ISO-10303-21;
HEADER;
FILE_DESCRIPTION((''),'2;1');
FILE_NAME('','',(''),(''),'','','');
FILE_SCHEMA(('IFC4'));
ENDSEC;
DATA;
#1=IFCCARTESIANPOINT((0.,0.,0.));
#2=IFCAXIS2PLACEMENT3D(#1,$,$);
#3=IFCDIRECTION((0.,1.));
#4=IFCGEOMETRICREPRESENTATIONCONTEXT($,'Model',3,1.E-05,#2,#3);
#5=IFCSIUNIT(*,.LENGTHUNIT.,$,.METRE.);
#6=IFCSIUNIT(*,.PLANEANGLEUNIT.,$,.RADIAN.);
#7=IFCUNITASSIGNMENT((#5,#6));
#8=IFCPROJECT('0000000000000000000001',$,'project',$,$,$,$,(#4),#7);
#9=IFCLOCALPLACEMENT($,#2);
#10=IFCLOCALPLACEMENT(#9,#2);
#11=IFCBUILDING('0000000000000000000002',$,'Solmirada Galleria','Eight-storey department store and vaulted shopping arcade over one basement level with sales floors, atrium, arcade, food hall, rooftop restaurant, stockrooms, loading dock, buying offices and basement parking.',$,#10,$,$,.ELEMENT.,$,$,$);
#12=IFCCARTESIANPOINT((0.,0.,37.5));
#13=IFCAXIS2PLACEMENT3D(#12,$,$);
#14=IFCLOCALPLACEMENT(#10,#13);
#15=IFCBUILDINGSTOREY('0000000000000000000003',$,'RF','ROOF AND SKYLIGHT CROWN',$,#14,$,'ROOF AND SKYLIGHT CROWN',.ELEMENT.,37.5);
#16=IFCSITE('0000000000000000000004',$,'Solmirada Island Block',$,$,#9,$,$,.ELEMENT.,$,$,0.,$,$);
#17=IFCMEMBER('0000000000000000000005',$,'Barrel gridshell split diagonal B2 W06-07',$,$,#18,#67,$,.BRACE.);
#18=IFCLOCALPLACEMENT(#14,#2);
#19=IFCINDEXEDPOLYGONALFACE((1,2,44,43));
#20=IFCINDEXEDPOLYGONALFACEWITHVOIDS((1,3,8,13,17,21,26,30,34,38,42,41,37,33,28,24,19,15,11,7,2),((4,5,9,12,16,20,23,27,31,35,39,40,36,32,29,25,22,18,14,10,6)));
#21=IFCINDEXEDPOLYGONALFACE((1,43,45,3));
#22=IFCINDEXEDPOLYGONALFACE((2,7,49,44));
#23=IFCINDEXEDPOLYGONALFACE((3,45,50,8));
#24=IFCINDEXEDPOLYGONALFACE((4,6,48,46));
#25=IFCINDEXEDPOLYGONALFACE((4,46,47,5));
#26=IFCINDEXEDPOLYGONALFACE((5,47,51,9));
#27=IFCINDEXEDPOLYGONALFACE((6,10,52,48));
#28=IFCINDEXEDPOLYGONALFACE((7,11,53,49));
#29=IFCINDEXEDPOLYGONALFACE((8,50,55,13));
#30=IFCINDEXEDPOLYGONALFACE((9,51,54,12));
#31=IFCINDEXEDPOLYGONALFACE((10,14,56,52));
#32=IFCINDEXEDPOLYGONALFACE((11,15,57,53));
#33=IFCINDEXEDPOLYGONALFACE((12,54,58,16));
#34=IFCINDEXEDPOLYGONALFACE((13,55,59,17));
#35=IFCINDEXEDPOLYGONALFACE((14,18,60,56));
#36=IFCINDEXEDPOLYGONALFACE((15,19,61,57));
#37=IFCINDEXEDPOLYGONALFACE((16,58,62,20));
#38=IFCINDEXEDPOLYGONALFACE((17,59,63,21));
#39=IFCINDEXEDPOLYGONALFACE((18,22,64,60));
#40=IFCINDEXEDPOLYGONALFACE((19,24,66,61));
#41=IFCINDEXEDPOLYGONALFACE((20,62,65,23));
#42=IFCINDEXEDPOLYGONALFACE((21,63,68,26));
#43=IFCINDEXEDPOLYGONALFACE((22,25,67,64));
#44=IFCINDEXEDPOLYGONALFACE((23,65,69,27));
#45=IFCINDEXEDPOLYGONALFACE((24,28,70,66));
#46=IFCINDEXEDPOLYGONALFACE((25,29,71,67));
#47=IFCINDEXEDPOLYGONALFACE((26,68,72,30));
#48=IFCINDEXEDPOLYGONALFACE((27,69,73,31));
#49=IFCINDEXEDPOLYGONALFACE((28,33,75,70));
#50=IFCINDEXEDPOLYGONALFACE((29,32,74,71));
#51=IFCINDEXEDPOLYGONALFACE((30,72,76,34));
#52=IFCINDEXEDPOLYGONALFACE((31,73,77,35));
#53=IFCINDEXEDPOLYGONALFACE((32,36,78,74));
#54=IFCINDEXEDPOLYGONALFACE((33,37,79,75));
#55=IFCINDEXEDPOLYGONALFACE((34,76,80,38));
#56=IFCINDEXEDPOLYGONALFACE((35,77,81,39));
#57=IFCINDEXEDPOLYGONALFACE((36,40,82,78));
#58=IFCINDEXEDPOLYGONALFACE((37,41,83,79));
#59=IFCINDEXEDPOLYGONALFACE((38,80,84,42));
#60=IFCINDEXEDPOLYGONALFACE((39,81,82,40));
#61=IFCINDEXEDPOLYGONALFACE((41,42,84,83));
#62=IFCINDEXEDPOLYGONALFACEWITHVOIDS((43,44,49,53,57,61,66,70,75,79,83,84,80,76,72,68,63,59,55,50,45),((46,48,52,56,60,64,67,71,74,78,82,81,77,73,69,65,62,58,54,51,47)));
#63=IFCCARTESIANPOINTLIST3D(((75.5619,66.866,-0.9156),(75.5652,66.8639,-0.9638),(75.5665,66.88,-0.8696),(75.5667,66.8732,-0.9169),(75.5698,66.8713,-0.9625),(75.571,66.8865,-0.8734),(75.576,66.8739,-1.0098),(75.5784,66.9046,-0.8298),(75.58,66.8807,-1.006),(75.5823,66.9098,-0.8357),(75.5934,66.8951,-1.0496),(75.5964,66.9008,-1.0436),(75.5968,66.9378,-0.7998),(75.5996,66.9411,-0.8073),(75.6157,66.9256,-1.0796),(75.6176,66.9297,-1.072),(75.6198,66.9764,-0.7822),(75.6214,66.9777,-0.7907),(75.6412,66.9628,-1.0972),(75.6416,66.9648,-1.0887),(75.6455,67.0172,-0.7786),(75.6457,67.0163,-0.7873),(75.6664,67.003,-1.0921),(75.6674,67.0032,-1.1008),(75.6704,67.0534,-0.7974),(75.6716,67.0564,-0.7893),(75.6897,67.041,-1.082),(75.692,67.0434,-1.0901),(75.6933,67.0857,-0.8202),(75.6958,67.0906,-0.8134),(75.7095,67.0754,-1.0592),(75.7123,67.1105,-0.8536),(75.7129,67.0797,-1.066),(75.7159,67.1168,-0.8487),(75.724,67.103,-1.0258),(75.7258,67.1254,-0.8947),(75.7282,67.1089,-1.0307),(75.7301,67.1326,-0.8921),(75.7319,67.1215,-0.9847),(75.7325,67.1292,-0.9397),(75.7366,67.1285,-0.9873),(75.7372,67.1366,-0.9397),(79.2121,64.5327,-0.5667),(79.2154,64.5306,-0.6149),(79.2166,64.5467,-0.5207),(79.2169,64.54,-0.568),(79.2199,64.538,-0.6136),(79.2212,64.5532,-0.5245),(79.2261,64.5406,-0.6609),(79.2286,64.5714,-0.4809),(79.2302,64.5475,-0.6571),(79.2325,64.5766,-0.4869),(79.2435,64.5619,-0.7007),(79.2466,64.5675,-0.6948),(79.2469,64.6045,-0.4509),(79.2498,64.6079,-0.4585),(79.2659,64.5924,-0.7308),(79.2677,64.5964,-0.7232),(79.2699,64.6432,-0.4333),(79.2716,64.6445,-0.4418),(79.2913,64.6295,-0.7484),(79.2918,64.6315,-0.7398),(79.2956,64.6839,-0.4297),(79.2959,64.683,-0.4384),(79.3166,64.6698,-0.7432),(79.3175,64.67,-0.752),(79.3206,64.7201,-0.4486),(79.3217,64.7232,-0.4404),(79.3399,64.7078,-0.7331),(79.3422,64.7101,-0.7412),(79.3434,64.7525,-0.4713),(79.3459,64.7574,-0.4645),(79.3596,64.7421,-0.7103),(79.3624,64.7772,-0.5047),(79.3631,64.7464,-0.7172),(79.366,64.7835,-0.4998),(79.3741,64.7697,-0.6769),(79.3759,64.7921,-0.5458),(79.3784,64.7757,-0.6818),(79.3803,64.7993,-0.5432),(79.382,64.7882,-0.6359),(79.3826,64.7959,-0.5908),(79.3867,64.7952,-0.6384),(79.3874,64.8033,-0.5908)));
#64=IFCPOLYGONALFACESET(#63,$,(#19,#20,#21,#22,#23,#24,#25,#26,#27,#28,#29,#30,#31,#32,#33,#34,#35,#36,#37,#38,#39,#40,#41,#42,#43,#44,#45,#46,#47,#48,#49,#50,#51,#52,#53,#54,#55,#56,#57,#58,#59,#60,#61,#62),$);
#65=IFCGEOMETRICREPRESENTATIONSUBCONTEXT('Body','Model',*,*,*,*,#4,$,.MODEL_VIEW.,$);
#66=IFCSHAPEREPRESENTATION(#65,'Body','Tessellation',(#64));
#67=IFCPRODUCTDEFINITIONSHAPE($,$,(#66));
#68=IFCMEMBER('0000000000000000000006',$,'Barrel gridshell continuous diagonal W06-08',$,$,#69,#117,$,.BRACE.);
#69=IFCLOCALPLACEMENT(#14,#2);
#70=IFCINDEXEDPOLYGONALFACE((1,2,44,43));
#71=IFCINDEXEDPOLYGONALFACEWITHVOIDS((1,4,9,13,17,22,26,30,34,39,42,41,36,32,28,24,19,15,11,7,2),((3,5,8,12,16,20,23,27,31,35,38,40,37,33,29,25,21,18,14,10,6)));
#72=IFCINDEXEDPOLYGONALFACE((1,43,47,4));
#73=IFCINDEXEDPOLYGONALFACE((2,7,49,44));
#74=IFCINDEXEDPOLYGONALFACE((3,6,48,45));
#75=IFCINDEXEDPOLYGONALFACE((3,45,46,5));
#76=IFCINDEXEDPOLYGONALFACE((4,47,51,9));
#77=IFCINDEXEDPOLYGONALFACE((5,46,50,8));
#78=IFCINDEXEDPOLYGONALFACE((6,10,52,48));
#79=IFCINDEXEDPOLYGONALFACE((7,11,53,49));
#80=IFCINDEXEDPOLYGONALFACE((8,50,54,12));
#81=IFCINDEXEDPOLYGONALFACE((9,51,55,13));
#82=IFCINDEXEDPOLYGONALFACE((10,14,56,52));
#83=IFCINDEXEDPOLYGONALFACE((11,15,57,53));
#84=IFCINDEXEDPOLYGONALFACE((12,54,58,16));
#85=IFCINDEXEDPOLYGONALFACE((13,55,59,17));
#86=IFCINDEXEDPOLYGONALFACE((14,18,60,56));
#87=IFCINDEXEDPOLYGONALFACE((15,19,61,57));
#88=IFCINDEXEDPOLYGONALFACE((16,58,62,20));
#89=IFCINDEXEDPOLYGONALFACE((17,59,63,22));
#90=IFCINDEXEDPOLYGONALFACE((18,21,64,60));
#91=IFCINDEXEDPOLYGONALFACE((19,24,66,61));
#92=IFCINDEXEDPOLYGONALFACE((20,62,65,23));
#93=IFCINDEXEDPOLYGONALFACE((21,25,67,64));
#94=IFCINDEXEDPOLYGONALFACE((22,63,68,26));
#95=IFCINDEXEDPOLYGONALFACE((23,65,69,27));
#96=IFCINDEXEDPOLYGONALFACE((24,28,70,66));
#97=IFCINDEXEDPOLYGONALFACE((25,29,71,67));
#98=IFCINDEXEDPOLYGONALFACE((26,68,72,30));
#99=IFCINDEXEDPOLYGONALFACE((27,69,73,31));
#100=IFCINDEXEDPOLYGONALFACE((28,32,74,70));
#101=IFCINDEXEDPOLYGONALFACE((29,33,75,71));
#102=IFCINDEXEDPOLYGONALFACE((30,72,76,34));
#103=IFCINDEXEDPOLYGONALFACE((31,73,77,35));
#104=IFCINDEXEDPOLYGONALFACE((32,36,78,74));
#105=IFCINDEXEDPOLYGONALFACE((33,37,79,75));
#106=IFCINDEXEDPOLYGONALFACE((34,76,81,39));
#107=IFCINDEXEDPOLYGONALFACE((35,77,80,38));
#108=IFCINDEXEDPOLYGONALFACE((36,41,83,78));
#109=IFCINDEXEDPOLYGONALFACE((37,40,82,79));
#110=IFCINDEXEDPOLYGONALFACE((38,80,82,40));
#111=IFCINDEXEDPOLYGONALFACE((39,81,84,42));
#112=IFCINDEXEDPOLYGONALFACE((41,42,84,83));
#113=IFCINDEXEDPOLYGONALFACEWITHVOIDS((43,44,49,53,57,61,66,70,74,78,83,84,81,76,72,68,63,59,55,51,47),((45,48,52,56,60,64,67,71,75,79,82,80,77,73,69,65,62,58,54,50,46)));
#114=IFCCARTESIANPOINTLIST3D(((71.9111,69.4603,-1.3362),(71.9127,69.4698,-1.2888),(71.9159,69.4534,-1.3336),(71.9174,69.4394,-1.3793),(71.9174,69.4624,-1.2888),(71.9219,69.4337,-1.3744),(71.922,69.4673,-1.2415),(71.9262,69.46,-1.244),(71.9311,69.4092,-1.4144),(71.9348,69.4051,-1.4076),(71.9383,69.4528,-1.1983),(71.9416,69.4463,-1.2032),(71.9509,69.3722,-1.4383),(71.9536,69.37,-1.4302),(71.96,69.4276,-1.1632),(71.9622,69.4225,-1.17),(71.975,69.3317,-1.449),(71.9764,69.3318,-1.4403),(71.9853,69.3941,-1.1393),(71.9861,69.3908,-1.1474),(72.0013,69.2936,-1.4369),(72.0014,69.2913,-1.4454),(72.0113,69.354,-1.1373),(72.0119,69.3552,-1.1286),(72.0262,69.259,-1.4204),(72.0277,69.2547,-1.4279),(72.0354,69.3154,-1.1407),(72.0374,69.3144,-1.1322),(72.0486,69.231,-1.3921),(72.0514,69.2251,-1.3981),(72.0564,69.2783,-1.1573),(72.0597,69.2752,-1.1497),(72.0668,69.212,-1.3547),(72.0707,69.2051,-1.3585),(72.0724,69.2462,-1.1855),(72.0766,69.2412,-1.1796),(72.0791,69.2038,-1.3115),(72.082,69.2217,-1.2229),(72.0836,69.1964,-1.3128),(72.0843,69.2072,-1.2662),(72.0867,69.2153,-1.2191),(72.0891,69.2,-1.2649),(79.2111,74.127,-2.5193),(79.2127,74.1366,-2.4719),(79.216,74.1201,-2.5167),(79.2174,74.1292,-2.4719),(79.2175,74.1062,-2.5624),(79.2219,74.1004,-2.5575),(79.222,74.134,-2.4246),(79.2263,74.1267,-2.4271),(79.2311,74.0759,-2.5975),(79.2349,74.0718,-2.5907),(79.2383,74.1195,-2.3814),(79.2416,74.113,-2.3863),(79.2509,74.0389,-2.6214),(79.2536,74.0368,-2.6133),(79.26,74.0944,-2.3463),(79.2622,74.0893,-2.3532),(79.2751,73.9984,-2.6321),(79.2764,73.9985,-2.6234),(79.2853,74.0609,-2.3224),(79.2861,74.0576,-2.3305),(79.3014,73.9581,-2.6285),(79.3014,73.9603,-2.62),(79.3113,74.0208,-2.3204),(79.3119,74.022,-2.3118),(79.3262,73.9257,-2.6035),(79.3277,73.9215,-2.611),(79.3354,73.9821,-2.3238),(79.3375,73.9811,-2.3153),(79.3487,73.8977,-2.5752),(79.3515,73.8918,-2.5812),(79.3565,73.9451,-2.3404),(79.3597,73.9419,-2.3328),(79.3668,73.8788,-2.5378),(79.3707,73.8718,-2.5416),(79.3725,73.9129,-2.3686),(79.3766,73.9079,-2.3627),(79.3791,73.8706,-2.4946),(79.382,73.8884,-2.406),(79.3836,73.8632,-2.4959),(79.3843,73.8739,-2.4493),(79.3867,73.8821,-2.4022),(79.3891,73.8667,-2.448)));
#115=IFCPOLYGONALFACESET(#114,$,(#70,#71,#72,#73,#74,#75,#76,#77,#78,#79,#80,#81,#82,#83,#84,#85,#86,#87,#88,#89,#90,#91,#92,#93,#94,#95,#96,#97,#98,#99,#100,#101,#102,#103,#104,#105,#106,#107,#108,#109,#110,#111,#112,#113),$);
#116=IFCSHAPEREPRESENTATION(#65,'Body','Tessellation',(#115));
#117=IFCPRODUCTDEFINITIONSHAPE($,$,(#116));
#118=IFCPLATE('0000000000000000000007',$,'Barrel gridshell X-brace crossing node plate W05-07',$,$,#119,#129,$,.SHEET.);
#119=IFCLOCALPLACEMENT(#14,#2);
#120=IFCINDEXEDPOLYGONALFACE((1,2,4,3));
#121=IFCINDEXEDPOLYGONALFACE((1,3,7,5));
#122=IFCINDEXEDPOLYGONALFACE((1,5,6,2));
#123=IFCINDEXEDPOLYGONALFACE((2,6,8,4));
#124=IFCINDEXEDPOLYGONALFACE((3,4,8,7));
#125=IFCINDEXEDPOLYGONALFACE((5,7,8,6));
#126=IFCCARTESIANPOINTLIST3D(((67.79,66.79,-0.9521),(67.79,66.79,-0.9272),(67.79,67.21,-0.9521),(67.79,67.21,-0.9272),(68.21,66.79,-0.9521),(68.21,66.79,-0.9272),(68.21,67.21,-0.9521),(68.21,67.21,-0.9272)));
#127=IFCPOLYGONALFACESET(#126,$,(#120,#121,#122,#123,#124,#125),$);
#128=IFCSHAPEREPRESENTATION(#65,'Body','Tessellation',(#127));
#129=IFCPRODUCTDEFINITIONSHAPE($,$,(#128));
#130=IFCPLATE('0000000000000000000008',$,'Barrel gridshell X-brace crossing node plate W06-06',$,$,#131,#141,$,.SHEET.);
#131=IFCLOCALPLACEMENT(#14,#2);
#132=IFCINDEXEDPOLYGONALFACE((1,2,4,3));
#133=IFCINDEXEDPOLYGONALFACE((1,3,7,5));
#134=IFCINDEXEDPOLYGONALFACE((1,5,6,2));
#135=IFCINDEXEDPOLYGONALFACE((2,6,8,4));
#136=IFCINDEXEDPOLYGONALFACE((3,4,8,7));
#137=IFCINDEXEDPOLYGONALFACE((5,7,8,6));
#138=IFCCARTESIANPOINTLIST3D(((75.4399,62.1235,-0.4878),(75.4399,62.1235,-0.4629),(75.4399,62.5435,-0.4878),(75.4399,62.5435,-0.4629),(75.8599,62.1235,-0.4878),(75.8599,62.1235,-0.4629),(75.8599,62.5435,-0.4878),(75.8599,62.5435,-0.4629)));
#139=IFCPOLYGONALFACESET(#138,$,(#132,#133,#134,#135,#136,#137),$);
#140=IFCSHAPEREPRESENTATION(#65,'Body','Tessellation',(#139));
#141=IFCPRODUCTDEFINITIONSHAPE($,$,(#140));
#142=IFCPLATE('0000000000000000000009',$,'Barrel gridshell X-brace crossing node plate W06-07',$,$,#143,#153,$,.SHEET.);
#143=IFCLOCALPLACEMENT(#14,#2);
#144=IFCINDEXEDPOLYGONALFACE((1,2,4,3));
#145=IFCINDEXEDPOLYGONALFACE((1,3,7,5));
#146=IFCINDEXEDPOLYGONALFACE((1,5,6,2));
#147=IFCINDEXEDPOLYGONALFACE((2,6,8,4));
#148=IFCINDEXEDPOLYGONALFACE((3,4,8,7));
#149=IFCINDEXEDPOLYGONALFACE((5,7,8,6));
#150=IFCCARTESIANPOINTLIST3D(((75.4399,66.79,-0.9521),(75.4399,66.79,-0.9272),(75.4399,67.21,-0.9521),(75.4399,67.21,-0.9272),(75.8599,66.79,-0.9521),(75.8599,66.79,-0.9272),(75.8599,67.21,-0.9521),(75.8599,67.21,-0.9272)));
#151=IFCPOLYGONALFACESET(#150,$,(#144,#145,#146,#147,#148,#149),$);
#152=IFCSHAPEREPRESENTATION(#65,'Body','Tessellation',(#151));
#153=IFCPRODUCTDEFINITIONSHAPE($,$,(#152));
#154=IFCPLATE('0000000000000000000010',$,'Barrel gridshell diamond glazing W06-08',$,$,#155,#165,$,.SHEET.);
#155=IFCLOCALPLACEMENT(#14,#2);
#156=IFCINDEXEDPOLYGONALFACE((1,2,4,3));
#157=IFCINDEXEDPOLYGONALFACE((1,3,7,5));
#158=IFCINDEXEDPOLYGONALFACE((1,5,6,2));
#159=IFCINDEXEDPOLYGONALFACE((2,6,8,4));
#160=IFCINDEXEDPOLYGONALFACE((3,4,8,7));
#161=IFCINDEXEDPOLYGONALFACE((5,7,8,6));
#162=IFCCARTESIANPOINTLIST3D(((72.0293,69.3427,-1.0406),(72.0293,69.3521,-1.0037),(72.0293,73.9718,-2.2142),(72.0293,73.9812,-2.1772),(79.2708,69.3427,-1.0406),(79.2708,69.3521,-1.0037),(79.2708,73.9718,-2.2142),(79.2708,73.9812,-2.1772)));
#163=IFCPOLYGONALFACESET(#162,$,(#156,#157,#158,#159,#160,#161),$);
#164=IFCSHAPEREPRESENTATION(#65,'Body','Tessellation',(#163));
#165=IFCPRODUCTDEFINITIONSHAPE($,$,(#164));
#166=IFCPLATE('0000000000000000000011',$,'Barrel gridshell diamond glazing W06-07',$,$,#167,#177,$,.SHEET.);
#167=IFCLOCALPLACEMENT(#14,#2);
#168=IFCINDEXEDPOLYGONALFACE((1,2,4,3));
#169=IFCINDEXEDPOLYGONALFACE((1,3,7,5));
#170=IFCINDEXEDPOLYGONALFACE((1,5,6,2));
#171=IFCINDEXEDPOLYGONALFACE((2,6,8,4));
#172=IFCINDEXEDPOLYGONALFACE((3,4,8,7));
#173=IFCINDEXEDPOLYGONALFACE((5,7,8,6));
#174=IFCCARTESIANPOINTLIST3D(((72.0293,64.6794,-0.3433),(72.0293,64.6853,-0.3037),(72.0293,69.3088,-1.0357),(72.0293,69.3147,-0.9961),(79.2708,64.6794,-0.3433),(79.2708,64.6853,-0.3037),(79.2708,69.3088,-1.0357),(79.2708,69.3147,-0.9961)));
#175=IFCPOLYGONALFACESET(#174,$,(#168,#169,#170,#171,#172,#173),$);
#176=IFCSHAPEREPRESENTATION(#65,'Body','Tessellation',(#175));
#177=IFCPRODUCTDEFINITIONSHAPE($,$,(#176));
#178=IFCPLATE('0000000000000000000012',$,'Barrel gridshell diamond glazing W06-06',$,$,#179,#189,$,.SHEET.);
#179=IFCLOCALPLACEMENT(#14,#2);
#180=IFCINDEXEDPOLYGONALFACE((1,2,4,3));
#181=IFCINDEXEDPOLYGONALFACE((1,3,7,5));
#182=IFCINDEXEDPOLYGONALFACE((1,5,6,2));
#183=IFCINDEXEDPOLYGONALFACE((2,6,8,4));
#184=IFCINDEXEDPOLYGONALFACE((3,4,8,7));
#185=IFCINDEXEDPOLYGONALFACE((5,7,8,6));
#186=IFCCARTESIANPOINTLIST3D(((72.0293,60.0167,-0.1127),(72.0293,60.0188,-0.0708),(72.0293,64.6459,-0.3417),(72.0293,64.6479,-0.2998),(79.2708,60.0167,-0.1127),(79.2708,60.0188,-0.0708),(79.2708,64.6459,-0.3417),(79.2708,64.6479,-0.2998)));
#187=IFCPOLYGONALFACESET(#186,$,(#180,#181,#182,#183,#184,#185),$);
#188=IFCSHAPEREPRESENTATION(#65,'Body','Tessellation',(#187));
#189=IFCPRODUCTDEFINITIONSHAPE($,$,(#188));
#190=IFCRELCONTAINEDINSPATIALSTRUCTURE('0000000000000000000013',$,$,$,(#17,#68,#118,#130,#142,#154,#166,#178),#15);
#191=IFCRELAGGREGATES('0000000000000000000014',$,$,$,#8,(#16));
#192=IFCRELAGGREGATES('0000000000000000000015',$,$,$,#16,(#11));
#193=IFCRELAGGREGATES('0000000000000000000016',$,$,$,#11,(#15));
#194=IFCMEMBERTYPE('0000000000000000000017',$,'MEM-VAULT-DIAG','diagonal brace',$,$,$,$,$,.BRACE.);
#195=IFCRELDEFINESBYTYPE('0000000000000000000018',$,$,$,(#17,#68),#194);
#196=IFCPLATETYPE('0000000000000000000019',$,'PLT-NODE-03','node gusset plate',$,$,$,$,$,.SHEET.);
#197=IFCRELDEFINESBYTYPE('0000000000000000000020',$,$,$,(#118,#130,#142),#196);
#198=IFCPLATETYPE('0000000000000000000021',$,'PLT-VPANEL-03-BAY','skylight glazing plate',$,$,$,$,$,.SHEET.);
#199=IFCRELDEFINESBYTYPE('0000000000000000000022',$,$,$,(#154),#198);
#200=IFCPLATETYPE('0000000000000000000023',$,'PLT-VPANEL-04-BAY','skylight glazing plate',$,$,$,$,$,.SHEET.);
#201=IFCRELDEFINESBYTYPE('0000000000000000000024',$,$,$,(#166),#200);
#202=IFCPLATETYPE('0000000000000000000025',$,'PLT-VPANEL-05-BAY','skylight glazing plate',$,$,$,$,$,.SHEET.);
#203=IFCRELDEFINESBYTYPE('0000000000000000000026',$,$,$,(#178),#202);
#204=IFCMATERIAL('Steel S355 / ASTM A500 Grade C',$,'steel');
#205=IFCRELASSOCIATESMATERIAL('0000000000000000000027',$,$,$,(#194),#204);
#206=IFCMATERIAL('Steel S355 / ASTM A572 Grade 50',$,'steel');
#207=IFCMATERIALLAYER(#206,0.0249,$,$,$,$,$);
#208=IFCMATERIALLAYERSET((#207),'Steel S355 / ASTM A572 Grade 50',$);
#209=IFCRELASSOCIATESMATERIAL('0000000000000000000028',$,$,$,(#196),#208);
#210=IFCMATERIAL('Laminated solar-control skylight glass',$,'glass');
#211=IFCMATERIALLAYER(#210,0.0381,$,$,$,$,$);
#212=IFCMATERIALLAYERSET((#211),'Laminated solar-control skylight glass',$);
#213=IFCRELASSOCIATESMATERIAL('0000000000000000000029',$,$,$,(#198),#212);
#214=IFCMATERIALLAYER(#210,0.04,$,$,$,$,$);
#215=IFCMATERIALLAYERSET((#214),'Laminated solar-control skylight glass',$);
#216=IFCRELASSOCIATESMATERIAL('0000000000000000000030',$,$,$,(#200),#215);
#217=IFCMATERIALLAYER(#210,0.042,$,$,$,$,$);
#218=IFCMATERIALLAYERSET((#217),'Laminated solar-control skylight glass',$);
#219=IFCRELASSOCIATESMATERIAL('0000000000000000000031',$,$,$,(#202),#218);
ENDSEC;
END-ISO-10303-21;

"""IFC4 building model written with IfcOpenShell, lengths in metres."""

from ifc_helpers import new_model, si_unit, direction, frame, origin, origin_2d, place, context, subcontext, project, spatial, polyline, rectangle, hollow_circle, outline, extrude, material, layer, layer_set, material_profile, profile_set, type_object, element, save


model = new_model("IFC4")

# Units and contexts
model_context = context("Model", 3, precision=1e-05, world=origin(), true_north=direction((0.0, 1.0)))
body_context = subcontext(model_context, "Body", "Model", "MODEL_VIEW")
ifc_project = project(units=[si_unit("LENGTHUNIT", "METRE"), si_unit("PLANEANGLEUNIT", "RADIAN")], contexts=[model_context])

# Site, building, storey
site_placement = place(None, origin())
site = spatial("IfcSite", under=ifc_project, at=site_placement, Name="Solmirada Island Block", CompositionType="ELEMENT", RefElevation=0.0)
building_placement = place(site_placement, origin())
building = spatial("IfcBuilding", under=site, at=building_placement, Name="Solmirada Galleria", Description="Eight-storey department store and vaulted shopping arcade over one basement level with sales floors, atrium, arcade, food hall, rooftop restaurant, stockrooms, loading dock, buying offices and basement parking.", CompositionType="ELEMENT")
storey_placement = place(building_placement, frame((0.0, 0.0, 37.5)))
storey = spatial("IfcBuildingStorey", under=building, at=storey_placement, Name="RF", Description="ROOF AND SKYLIGHT CROWN", LongName="ROOF AND SKYLIGHT CROWN", CompositionType="ELEMENT", Elevation=37.5)

# Members
ifc_material_1 = material(Name="Steel S355 / ASTM A500 Grade C", Category="steel")
ifc_material_profile_1 = material_profile(ifc_material_1, hollow_circle(Radius=0.1621, WallThickness=0.0088, at=origin_2d()), Name="HSS12.750X0.375")
ifc_profile_set_1 = profile_set([ifc_material_profile_1], Name="Steel S355 / ASTM A500 Grade C")
member_type_1 = type_object("IfcMemberType", Name="MEM-VAULT-DIAG", Description="diagonal brace", PredefinedType="BRACE", material=ifc_profile_set_1)
member_1_placement = place(storey_placement, frame((75.6499, 67.0, -0.9397), z_axis=(0.83985, -0.53685, 0.080272), x_axis=(0.538588, 0.842569, 0.0)))
element("IfcMember", 1, at=member_1_placement, inside=storey, type_object=member_type_1, Name="Barrel gridshell split diagonal B2 W06-07", PredefinedType="BRACE", context=body_context, shape_type="SweptSolid", body=[
    extrude(hollow_circle(Radius=0.1621, WallThickness=0.0088, at=origin_2d()), origin(), (0.0, 0.0, 1.0), 4.3462),
])
member_2_placement = place(storey_placement, frame((72.0, 69.3333, -1.2888), z_axis=(0.834801, 0.533669, -0.135295), x_axis=(-0.538621, 0.842548, 0.0)))
element("IfcMember", 2, at=member_2_placement, inside=storey, type_object=member_type_1, Name="Barrel gridshell continuous diagonal W06-08", PredefinedType="BRACE", context=body_context, shape_type="SweptSolid", body=[
    extrude(hollow_circle(Radius=0.1621, WallThickness=0.0088, at=origin_2d()), origin(), (0.0, 0.0, 1.0), 8.7446),
])

# Plates
ifc_material_2 = material(Name="Steel S355 / ASTM A572 Grade 50", Category="steel")
ifc_layer_1 = layer(ifc_material_2, 0.0249)
ifc_layer_set_1 = layer_set([ifc_layer_1], Name="Steel S355 / ASTM A572 Grade 50")
plate_type_1 = type_object("IfcPlateType", Name="PLT-NODE-03", Description="node gusset plate", PredefinedType="SHEET", material=ifc_layer_set_1)
for number, where, z_axis, x_axis, name in (
    (3, (68.0, 67.0, -0.9521), (0.0, 0.0, 1.0), (1.0, 0.0, 0.0), "Barrel gridshell X-brace crossing node plate W05-07"),
    (4, (75.6499, 62.3335, -0.4878), (0.0, 0.0, 1.0), (1.0, 0.0, 0.0), "Barrel gridshell X-brace crossing node plate W06-06"),
    (5, (75.6499, 67.0, -0.9521), (0.0, 0.0, 1.0), (1.0, 0.0, 0.0), "Barrel gridshell X-brace crossing node plate W06-07"),
):
    element("IfcPlate", number, at=place(storey_placement, frame(where, z_axis=z_axis, x_axis=x_axis)), inside=storey, type_object=plate_type_1, Name=name, PredefinedType="SHEET", context=body_context, shape_type="SweptSolid", body=[
        extrude(rectangle(XDim=0.4199, YDim=0.4199, at=origin_2d()), origin(), (0.0, 0.0, 1.0), 0.0249),
    ])
ifc_material_3 = material(Name="Laminated solar-control skylight glass", Category="glass")
ifc_layer_2 = layer(ifc_material_3, 0.0381)
ifc_layer_set_2 = layer_set([ifc_layer_2], Name="Laminated solar-control skylight glass")
plate_type_2 = type_object("IfcPlateType", Name="PLT-VPANEL-03-BAY", Description="skylight glazing plate", PredefinedType="SHEET", material=ifc_layer_set_2)
plate_1_placement = place(storey_placement, frame((72.0293, 69.3521, -1.0037), z_axis=(0.0, 0.245746, 0.969334), x_axis=(1.0, 0.0, 0.0)))
element("IfcPlate", 6, at=plate_1_placement, inside=storey, type_object=plate_type_2, Name="Barrel gridshell diamond glazing W06-08", PredefinedType="SHEET", context=body_context, shape_type="SweptSolid", body=[
    extrude(outline(polyline([(0.0, 0.0), (7.2415, 0.0), (7.2415, 4.7756), (0.0, 4.7756), (0.0, 0.0)])), origin(), (0.0, 0.0, -1.0), 0.0381),
])
ifc_layer_3 = layer(ifc_material_3, 0.04)
ifc_layer_set_3 = layer_set([ifc_layer_3], Name="Laminated solar-control skylight glass")
plate_type_3 = type_object("IfcPlateType", Name="PLT-VPANEL-04-BAY", Description="skylight glazing plate", PredefinedType="SHEET", material=ifc_layer_set_3)
plate_2_placement = place(storey_placement, frame((72.0293, 64.6853, -0.3037), z_axis=(0.0, 0.147917, 0.989), x_axis=(1.0, 0.0, 0.0)))
element("IfcPlate", 7, at=plate_2_placement, inside=storey, type_object=plate_type_3, Name="Barrel gridshell diamond glazing W06-07", PredefinedType="SHEET", context=body_context, shape_type="SweptSolid", body=[
    extrude(outline(polyline([(0.0, 0.0), (7.2415, 0.0), (7.2415, 4.6809), (0.0, 4.6809), (0.0, 0.0)])), origin(), (0.0, 0.0, -1.0), 0.04),
])
ifc_layer_4 = layer(ifc_material_3, 0.042)
ifc_layer_set_4 = layer_set([ifc_layer_4], Name="Laminated solar-control skylight glass")
plate_type_4 = type_object("IfcPlateType", Name="PLT-VPANEL-05-BAY", Description="skylight glazing plate", PredefinedType="SHEET", material=ifc_layer_set_4)
plate_3_placement = place(storey_placement, frame((72.0293, 60.0188, -0.0708), z_axis=(0.0, 0.04941, 0.998779), x_axis=(1.0, 0.0, 0.0)))
element("IfcPlate", 8, at=plate_3_placement, inside=storey, type_object=plate_type_4, Name="Barrel gridshell diamond glazing W06-06", PredefinedType="SHEET", context=body_context, shape_type="SweptSolid", body=[
    extrude(outline(polyline([(0.0, 0.0), (7.2415, 0.0), (7.2415, 4.6348), (0.0, 4.6348), (0.0, 0.0)])), origin(), (0.0, 0.0, -1.0), 0.042),
])

save(model, "model.ifc")
